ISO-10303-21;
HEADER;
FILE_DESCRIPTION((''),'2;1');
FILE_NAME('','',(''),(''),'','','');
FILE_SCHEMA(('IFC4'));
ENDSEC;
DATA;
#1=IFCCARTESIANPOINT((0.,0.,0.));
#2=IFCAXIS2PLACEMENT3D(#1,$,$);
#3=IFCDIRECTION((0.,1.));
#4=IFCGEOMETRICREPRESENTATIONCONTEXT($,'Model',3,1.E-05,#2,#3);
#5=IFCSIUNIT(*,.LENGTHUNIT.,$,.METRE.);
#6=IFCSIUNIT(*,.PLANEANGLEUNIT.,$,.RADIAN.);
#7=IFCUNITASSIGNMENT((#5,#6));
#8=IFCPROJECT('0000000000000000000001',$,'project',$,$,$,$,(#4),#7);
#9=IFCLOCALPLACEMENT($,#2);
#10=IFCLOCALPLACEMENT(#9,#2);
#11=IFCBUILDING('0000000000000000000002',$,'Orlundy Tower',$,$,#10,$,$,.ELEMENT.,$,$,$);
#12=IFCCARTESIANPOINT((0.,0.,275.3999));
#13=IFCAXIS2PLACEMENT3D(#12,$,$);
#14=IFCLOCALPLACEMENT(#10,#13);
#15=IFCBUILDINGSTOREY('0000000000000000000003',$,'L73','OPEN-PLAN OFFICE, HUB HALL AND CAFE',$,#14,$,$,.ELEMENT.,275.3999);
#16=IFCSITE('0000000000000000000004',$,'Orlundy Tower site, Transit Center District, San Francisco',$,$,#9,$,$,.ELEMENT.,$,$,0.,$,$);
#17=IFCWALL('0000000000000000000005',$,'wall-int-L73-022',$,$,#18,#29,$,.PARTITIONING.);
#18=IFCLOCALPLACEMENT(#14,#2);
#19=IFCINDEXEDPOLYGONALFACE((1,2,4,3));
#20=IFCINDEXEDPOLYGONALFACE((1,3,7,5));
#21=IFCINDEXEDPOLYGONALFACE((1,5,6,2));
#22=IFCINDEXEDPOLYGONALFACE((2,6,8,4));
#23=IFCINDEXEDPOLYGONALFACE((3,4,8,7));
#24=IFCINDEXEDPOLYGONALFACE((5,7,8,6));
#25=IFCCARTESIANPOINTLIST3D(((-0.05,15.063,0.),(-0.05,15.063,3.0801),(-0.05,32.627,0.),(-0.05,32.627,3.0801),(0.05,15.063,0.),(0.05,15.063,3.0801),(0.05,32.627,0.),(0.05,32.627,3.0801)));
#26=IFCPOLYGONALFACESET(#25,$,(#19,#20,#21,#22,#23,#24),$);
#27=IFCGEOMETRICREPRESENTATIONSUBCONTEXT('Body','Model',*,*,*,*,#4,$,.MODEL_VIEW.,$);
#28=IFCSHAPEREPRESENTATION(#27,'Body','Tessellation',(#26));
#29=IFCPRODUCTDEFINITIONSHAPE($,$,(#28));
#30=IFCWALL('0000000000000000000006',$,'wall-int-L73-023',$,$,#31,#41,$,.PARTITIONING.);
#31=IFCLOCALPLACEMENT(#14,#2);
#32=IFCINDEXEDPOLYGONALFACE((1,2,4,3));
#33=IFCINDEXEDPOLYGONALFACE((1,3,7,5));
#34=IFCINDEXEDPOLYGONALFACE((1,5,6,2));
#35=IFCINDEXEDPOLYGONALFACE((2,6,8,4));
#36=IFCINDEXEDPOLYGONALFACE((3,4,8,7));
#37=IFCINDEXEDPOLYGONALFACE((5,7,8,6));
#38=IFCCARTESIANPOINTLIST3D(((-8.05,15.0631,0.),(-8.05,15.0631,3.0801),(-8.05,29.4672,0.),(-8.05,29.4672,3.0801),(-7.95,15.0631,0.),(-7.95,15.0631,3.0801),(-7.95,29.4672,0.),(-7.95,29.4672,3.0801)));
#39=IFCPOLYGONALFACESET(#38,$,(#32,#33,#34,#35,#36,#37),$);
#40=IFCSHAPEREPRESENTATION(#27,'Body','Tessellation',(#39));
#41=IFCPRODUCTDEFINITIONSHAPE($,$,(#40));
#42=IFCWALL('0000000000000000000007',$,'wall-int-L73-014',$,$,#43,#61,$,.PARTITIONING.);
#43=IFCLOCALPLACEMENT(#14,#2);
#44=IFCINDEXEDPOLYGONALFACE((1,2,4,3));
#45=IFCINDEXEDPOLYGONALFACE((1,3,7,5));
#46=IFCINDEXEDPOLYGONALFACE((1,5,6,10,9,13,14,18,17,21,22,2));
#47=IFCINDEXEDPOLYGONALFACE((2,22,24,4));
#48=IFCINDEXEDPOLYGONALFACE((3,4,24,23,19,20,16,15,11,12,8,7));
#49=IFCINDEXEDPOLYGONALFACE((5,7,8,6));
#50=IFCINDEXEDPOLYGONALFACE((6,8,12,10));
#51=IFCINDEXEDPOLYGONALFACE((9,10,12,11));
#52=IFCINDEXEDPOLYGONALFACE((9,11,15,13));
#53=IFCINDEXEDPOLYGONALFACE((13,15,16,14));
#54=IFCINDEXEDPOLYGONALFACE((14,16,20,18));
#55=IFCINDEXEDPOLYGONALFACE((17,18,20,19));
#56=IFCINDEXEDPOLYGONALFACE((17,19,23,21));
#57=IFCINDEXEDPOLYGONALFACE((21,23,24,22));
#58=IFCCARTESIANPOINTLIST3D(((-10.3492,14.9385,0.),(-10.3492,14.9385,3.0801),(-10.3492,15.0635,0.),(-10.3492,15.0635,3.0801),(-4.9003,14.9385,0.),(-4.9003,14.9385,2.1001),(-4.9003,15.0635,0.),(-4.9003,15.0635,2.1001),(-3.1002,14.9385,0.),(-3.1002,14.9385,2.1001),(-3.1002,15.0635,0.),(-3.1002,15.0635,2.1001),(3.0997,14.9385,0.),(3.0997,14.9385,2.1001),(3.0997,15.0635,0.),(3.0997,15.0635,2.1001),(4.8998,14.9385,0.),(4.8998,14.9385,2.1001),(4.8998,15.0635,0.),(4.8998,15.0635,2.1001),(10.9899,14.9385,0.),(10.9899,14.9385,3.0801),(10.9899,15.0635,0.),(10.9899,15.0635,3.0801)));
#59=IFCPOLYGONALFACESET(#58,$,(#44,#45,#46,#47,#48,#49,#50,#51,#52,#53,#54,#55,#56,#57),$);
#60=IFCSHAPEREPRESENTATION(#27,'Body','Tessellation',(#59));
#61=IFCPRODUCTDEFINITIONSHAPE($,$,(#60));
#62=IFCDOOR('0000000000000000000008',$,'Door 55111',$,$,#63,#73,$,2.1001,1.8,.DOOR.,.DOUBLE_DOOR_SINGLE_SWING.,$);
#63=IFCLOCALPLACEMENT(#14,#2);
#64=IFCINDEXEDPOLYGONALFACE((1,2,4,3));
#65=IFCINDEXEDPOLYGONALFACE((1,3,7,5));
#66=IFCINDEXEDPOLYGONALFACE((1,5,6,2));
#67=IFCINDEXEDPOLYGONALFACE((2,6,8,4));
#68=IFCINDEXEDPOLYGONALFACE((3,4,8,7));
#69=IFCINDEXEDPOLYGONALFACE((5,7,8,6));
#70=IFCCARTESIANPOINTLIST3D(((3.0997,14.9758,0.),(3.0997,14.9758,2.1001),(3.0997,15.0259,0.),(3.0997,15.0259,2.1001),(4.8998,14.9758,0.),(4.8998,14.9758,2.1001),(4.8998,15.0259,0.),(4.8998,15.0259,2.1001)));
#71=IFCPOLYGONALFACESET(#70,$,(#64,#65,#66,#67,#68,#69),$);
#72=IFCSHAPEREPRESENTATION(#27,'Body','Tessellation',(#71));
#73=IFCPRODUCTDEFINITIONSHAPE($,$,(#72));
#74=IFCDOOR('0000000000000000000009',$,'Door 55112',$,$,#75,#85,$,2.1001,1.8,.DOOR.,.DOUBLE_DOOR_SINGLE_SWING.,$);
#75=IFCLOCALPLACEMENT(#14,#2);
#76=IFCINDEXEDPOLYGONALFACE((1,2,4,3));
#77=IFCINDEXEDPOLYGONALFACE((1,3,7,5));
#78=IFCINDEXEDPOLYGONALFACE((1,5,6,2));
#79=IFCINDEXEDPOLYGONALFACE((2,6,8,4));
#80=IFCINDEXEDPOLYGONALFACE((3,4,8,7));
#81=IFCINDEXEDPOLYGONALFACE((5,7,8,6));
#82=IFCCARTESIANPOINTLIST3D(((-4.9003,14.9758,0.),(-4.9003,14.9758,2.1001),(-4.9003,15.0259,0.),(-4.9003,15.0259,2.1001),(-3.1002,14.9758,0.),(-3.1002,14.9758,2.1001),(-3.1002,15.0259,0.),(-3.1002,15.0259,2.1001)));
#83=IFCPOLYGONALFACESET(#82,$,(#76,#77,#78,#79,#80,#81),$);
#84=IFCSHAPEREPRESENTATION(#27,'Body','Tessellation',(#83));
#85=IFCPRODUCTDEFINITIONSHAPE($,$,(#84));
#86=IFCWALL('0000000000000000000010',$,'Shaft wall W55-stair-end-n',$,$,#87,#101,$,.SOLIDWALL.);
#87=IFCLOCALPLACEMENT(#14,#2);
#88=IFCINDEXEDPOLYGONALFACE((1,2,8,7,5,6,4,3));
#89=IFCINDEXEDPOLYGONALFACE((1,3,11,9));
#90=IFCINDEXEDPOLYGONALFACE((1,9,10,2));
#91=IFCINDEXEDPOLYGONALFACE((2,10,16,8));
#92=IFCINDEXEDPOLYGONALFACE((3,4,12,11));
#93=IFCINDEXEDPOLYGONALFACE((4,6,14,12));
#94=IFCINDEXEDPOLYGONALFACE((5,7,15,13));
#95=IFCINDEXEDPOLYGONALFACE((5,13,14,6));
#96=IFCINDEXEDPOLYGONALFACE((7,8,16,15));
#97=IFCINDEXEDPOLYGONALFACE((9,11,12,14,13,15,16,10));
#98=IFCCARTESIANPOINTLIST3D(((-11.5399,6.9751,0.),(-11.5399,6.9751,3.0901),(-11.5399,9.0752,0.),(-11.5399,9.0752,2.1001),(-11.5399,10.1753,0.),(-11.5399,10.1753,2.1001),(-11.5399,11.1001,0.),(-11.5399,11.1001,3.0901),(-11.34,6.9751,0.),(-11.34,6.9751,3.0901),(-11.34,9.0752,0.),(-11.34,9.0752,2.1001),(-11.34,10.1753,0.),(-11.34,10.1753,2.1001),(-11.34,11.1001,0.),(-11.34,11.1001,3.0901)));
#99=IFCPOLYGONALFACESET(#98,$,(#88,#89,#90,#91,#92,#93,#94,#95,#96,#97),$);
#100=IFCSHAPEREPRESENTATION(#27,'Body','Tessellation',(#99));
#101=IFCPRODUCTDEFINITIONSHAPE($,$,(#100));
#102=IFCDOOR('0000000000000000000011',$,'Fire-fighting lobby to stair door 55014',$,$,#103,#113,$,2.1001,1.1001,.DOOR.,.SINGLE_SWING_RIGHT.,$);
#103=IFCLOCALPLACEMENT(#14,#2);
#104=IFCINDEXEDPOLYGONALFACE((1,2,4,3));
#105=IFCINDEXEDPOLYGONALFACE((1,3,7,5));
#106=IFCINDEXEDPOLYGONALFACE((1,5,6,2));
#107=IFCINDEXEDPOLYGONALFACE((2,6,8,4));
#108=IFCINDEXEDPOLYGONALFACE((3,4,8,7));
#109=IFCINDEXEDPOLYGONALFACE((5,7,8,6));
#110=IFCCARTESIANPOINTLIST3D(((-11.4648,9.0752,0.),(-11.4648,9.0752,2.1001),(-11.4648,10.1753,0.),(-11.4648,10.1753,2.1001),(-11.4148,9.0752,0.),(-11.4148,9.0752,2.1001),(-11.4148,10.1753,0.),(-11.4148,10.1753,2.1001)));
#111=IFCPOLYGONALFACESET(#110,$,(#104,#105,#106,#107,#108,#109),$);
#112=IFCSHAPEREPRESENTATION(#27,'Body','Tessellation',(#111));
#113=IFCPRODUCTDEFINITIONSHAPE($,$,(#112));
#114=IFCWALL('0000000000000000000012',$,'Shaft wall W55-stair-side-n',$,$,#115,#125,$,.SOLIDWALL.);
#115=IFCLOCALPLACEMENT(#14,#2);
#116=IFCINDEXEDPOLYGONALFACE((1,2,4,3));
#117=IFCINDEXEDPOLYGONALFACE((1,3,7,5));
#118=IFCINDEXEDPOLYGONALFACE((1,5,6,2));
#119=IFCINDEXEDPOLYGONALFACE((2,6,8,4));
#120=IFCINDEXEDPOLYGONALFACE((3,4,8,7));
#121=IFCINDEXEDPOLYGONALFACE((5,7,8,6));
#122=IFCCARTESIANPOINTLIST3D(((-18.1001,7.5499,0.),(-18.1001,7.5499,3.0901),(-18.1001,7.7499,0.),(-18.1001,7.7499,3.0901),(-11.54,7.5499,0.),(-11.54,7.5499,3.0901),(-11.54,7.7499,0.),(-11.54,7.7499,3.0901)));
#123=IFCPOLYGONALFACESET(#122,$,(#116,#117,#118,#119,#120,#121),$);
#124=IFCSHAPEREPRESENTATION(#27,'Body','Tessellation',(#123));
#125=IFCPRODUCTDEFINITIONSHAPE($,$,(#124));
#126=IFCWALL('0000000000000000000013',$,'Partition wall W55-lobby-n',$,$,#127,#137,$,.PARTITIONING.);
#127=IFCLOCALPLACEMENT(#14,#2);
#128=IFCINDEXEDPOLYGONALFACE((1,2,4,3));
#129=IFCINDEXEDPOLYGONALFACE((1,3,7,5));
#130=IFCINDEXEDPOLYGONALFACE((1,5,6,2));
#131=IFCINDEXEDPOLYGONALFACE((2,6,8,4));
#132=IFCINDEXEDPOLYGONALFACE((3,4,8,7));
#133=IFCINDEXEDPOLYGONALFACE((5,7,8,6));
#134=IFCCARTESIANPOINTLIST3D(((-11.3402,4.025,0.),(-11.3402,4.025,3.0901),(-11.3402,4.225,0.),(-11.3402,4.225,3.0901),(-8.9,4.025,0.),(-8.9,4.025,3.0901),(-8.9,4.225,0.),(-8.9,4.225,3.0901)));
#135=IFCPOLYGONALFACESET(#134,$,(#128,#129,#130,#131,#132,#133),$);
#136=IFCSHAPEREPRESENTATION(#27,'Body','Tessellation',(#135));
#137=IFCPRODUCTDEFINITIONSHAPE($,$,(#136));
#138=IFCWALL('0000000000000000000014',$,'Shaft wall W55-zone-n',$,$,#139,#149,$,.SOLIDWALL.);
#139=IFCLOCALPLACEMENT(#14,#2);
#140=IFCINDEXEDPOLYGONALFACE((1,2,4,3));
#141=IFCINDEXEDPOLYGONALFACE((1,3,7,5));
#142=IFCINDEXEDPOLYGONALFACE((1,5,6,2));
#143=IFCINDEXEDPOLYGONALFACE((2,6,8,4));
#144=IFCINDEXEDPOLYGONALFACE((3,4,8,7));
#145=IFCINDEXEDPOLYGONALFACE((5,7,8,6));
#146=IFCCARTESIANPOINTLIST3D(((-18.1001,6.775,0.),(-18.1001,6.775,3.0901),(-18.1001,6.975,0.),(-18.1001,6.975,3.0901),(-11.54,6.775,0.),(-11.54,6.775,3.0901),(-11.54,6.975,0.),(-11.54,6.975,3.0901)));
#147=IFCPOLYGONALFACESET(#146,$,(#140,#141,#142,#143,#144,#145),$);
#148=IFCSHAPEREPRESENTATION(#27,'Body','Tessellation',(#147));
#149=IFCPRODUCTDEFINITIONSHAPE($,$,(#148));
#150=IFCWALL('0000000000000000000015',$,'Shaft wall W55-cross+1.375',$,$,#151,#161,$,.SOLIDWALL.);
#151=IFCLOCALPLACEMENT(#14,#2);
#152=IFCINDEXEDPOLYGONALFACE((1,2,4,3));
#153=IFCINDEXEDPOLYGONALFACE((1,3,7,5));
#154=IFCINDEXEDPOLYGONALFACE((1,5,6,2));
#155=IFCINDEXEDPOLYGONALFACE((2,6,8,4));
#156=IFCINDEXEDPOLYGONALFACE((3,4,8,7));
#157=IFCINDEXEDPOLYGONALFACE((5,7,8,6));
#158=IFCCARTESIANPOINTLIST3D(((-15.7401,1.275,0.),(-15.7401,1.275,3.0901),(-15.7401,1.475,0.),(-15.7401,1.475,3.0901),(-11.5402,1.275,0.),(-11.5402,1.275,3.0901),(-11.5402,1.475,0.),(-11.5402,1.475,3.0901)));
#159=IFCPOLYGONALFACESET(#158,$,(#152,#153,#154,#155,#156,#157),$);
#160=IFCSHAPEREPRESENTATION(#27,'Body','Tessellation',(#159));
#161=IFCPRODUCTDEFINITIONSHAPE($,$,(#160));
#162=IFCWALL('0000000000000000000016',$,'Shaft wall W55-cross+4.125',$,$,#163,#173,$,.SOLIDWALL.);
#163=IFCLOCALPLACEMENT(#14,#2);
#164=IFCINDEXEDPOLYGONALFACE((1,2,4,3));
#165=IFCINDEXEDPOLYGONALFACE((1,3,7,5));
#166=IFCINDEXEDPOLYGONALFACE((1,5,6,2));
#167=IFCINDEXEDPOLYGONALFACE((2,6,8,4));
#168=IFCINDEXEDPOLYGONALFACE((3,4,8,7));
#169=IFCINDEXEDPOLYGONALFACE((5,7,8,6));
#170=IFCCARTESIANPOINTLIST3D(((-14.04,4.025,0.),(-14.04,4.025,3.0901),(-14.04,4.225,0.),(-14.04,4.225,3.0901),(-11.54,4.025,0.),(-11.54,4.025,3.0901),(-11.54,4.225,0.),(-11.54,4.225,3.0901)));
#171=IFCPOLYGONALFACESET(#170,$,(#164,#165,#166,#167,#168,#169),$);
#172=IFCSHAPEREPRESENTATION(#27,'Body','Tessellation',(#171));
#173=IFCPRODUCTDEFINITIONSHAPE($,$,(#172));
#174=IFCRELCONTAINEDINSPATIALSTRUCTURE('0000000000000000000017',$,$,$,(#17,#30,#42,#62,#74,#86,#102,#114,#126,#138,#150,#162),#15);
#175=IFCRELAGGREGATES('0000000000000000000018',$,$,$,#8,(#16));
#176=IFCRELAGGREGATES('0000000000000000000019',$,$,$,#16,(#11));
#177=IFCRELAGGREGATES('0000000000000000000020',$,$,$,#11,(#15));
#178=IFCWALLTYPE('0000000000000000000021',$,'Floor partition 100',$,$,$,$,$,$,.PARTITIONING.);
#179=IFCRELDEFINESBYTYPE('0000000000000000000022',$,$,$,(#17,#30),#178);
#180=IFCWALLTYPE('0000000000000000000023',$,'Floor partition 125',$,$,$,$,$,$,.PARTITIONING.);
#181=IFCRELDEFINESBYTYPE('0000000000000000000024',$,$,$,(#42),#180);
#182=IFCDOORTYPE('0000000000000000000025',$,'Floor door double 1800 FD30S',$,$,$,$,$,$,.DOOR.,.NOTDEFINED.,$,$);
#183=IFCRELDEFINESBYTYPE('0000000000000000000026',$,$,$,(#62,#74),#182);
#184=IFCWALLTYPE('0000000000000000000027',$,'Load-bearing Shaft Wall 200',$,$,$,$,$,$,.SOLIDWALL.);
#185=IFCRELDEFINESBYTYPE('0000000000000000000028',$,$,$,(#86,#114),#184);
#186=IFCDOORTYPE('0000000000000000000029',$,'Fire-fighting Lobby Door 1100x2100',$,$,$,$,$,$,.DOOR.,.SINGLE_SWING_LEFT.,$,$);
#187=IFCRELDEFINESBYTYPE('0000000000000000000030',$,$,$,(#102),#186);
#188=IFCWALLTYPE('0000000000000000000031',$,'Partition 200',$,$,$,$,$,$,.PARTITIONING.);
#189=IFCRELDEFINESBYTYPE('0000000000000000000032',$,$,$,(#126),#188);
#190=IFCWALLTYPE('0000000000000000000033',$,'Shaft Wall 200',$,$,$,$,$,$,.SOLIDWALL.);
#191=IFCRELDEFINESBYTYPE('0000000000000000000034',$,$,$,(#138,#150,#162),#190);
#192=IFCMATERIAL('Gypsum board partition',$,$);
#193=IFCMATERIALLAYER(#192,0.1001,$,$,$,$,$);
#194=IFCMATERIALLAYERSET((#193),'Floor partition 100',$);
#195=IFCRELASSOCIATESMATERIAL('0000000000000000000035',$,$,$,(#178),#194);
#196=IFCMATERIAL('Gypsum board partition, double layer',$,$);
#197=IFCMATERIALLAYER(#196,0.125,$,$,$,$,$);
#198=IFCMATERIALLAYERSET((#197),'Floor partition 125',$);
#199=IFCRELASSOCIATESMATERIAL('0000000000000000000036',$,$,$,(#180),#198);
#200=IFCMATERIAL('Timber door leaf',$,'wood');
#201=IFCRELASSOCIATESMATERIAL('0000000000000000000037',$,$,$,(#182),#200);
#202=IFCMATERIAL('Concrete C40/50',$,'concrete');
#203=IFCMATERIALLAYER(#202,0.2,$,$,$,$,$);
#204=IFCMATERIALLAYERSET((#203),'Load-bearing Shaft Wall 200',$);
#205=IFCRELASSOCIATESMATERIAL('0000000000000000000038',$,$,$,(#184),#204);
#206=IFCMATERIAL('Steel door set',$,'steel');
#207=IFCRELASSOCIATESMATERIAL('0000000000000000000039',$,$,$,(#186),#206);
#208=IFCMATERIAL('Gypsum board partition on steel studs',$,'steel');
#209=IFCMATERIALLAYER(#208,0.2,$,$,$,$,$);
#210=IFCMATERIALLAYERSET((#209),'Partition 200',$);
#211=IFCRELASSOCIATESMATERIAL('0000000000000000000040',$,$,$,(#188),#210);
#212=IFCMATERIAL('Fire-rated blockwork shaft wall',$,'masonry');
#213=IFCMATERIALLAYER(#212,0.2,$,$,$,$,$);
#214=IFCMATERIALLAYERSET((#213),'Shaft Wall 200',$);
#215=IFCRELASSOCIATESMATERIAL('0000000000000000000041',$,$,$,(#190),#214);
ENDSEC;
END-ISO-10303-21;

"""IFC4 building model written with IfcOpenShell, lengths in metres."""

from ifc_helpers import new_model, si_unit, direction, frame, frame_2d, origin, place, context, subcontext, project, spatial, rectangle, extrude, material, layer, layer_set, type_object, element, fill, save


model = new_model("IFC4")

# Units and contexts
model_context = context("Model", 3, precision=1e-05, world=origin(), true_north=direction((0.0, 1.0)))
body_context = subcontext(model_context, "Body", "Model", "MODEL_VIEW")
ifc_project = project(units=[si_unit("LENGTHUNIT", "METRE"), si_unit("PLANEANGLEUNIT", "RADIAN")], contexts=[model_context])

# Site, building, storey
site_placement = place(None, origin())
site = spatial("IfcSite", under=ifc_project, at=site_placement, Name="Orlundy Tower site, Transit Center District, San Francisco", CompositionType="ELEMENT", RefElevation=0.0)
building_placement = place(site_placement, origin())
building = spatial("IfcBuilding", under=site, at=building_placement, Name="Orlundy Tower", CompositionType="ELEMENT")
storey_placement = place(building_placement, frame((0.0, 0.0, 275.3999)))
storey = spatial("IfcBuildingStorey", under=building, at=storey_placement, Name="L73", Description="OPEN-PLAN OFFICE, HUB HALL AND CAFE", CompositionType="ELEMENT", Elevation=275.3999)

# Walls
ifc_material_1 = material(Name="Gypsum board partition")
ifc_layer_1 = layer(ifc_material_1, 0.1001)
ifc_layer_set_1 = layer_set([ifc_layer_1], Name="Floor partition 100")
wall_type_1 = type_object("IfcWallType", Name="Floor partition 100", PredefinedType="PARTITIONING", material=ifc_layer_set_1)
wall_1_placement = place(storey_placement, frame((0.0, 15.063, 0.0), z_axis=(0.0, 0.0, 1.0), x_axis=(0.0, 1.0, 0.0)))
element("IfcWall", 1, at=wall_1_placement, inside=storey, type_object=wall_type_1, Name="wall-int-L73-022", PredefinedType="PARTITIONING", context=body_context, shape_type="SweptSolid", body=[
    extrude(rectangle(XDim=17.564, YDim=0.1001, at=frame_2d((8.782, 0.0))), origin(), (0.0, 0.0, 1.0), 3.0801),
])
wall_2_placement = place(storey_placement, frame((-8.0, 15.063, 0.0), z_axis=(0.0, 0.0, 1.0), x_axis=(0.0, 1.0, 0.0)))
element("IfcWall", 2, at=wall_2_placement, inside=storey, type_object=wall_type_1, Name="wall-int-L73-023", PredefinedType="PARTITIONING", context=body_context, shape_type="SweptSolid", body=[
    extrude(rectangle(XDim=14.4041, YDim=0.1001, at=frame_2d((7.2021, 0.0))), origin(), (0.0, 0.0, 1.0), 3.0801),
])

# Wall, openings, doors
ifc_material_2 = material(Name="Gypsum board partition, double layer")
ifc_layer_2 = layer(ifc_material_2, 0.125)
ifc_layer_set_2 = layer_set([ifc_layer_2], Name="Floor partition 125")
wall_type_2 = type_object("IfcWallType", Name="Floor partition 125", PredefinedType="PARTITIONING", material=ifc_layer_set_2)
wall_3_placement = place(storey_placement, frame((-10.3491, 15.001, 0.0), z_axis=(0.0, 0.0, 1.0), x_axis=(1.0, 0.0, 0.0)))
wall_3 = element("IfcWall", 3, at=wall_3_placement, inside=storey, type_object=wall_type_2, Name="wall-int-L73-014", PredefinedType="PARTITIONING", context=body_context, shape_type="SweptSolid", body=[
    extrude(rectangle(XDim=21.3391, YDim=0.125, at=frame_2d((10.6694, 0.0))), origin(), (0.0, 0.0, 1.0), 3.0801),
])
opening_1_placement = place(wall_3_placement, frame((13.449, 0.0, 0.0)))
opening_1 = element("IfcOpeningElement", 4, at=opening_1_placement, cuts=wall_3, PredefinedType="OPENING", context=body_context, shape_type="SweptSolid", body=[
    extrude(rectangle(XDim=1.8, YDim=2.1001, at=frame_2d((0.8999, 1.05))), frame((0.0, 0.0725, 0.0), z_axis=(0.0, -1.0, 0.0), x_axis=(1.0, 0.0, 0.0)), (0.0, 0.0, 1.0), 0.145),
])
opening_2_placement = place(wall_3_placement, frame((5.449, 0.0, 0.0)))
opening_2 = element("IfcOpeningElement", 5, at=opening_2_placement, cuts=wall_3, PredefinedType="OPENING", context=body_context, shape_type="SweptSolid", body=[
    extrude(rectangle(XDim=1.8, YDim=2.1001, at=frame_2d((0.8999, 1.05))), frame((0.0, 0.0725, 0.0), z_axis=(0.0, -1.0, 0.0), x_axis=(1.0, 0.0, 0.0)), (0.0, 0.0, 1.0), 0.145),
])
ifc_material_3 = material(Name="Timber door leaf", Category="wood")
door_type_1 = type_object("IfcDoorType", Name="Floor door double 1800 FD30S", OperationType="NOTDEFINED", PredefinedType="DOOR", material=ifc_material_3)
door_1_placement = place(opening_1_placement, origin())
door_1 = element("IfcDoor", 6, at=door_1_placement, inside=storey, type_object=door_type_1, Name="Door 55111", OperationType="DOUBLE_DOOR_SINGLE_SWING", OverallHeight=2.1001, OverallWidth=1.8, PredefinedType="DOOR", context=body_context, shape_type="SweptSolid", body=[
    extrude(rectangle(XDim=1.8, YDim=2.1001, at=frame_2d((0.8999, 1.05))), frame((0.0, 0.0249, 0.0), z_axis=(0.0, -1.0, 0.0), x_axis=(1.0, 0.0, 0.0)), (0.0, 0.0, 1.0), 0.05),
])
fill(opening_1, door_1)
door_2_placement = place(opening_2_placement, origin())
door_2 = element("IfcDoor", 7, at=door_2_placement, inside=storey, type_object=door_type_1, Name="Door 55112", OperationType="DOUBLE_DOOR_SINGLE_SWING", OverallHeight=2.1001, OverallWidth=1.8, PredefinedType="DOOR", context=body_context, shape_type="SweptSolid", body=[
    extrude(rectangle(XDim=1.8, YDim=2.1001, at=frame_2d((0.8999, 1.05))), frame((0.0, 0.0249, 0.0), z_axis=(0.0, -1.0, 0.0), x_axis=(1.0, 0.0, 0.0)), (0.0, 0.0, 1.0), 0.05),
])
fill(opening_2, door_2)

# Wall, opening, door
ifc_material_4 = material(Name="Concrete C40/50", Category="concrete")
ifc_layer_3 = layer(ifc_material_4, 0.2)
ifc_layer_set_3 = layer_set([ifc_layer_3], Name="Load-bearing Shaft Wall 200")
wall_type_3 = type_object("IfcWallType", Name="Load-bearing Shaft Wall 200", PredefinedType="SOLIDWALL", material=ifc_layer_set_3)
wall_4_placement = place(storey_placement, frame((-11.4399, 6.9751, 0.0), z_axis=(0.0, 0.0, 1.0), x_axis=(0.0, 1.0, 0.0)))
wall_4 = element("IfcWall", 8, at=wall_4_placement, inside=storey, type_object=wall_type_3, Name="Shaft wall W55-stair-end-n", PredefinedType="SOLIDWALL", context=body_context, shape_type="SweptSolid", body=[
    extrude(rectangle(XDim=4.125, YDim=0.2, at=frame_2d((2.0625, 0.0))), origin(), (0.0, 0.0, 1.0), 3.0901),
])
opening_3_placement = place(wall_4_placement, frame((2.1001, 0.0, 0.0)))
opening_3 = element("IfcOpeningElement", 9, at=opening_3_placement, cuts=wall_4, PredefinedType="OPENING", context=body_context, shape_type="SweptSolid", body=[
    extrude(rectangle(XDim=1.1001, YDim=2.1001, at=frame_2d((0.55, 1.05))), frame((0.0, 0.1101, 0.0), z_axis=(0.0, -1.0, 0.0), x_axis=(1.0, 0.0, 0.0)), (0.0, 0.0, 1.0), 0.2202),
])
ifc_material_5 = material(Name="Steel door set", Category="steel")
door_type_2 = type_object("IfcDoorType", Name="Fire-fighting Lobby Door 1100x2100", OperationType="SINGLE_SWING_LEFT", PredefinedType="DOOR", material=ifc_material_5)
door_3_placement = place(opening_3_placement, origin())
door_3 = element("IfcDoor", 10, at=door_3_placement, inside=storey, type_object=door_type_2, Name="Fire-fighting lobby to stair door 55014", OperationType="SINGLE_SWING_RIGHT", OverallHeight=2.1001, OverallWidth=1.1001, PredefinedType="DOOR", context=body_context, shape_type="SweptSolid", body=[
    extrude(rectangle(XDim=1.1001, YDim=2.1001, at=frame_2d((0.55, 1.05))), frame((0.0, 0.0249, 0.0), z_axis=(0.0, -1.0, 0.0), x_axis=(1.0, 0.0, 0.0)), (0.0, 0.0, 1.0), 0.05),
])
fill(opening_3, door_3)

# Walls
wall_5_placement = place(storey_placement, frame((-11.54, 7.6499, 0.0), z_axis=(0.0, 0.0, 1.0), x_axis=(-1.0, 0.0, 0.0)))
element("IfcWall", 11, at=wall_5_placement, inside=storey, type_object=wall_type_3, Name="Shaft wall W55-stair-side-n", PredefinedType="SOLIDWALL", context=body_context, shape_type="SweptSolid", body=[
    extrude(rectangle(XDim=6.5601, YDim=0.2, at=frame_2d((3.28, 0.0))), origin(), (0.0, 0.0, 1.0), 3.0901),
])
ifc_material_6 = material(Name="Gypsum board partition on steel studs", Category="steel")
ifc_layer_4 = layer(ifc_material_6, 0.2)
ifc_layer_set_4 = layer_set([ifc_layer_4], Name="Partition 200")
wall_type_4 = type_object("IfcWallType", Name="Partition 200", PredefinedType="PARTITIONING", material=ifc_layer_set_4)
wall_6_placement = place(storey_placement, frame((-8.8999, 4.125, 0.0), z_axis=(0.0, 0.0, 1.0), x_axis=(-1.0, 0.0, 0.0)))
element("IfcWall", 12, at=wall_6_placement, inside=storey, type_object=wall_type_4, Name="Partition wall W55-lobby-n", PredefinedType="PARTITIONING", context=body_context, shape_type="SweptSolid", body=[
    extrude(rectangle(XDim=2.4402, YDim=0.2, at=frame_2d((1.2202, 0.0))), origin(), (0.0, 0.0, 1.0), 3.0901),
])
ifc_material_7 = material(Name="Fire-rated blockwork shaft wall", Category="masonry")
ifc_layer_5 = layer(ifc_material_7, 0.2)
ifc_layer_set_5 = layer_set([ifc_layer_5], Name="Shaft Wall 200")
wall_type_5 = type_object("IfcWallType", Name="Shaft Wall 200", PredefinedType="SOLIDWALL", material=ifc_layer_set_5)
wall_7_placement = place(storey_placement, frame((-11.54, 6.875, 0.0), z_axis=(0.0, 0.0, 1.0), x_axis=(-1.0, 0.0, 0.0)))
element("IfcWall", 13, at=wall_7_placement, inside=storey, type_object=wall_type_5, Name="Shaft wall W55-zone-n", PredefinedType="SOLIDWALL", context=body_context, shape_type="SweptSolid", body=[
    extrude(rectangle(XDim=6.5601, YDim=0.2, at=frame_2d((3.28, 0.0))), origin(), (0.0, 0.0, 1.0), 3.0901),
])
wall_8_placement = place(storey_placement, frame((-11.54, 1.375, 0.0), z_axis=(0.0, 0.0, 1.0), x_axis=(-1.0, 0.0, 0.0)))
element("IfcWall", 14, at=wall_8_placement, inside=storey, type_object=wall_type_5, Name="Shaft wall W55-cross+1.375", PredefinedType="SOLIDWALL", context=body_context, shape_type="SweptSolid", body=[
    extrude(rectangle(XDim=4.2, YDim=0.2, at=frame_2d((2.1001, 0.0))), origin(), (0.0, 0.0, 1.0), 3.0901),
])
wall_9_placement = place(storey_placement, frame((-11.54, 4.125, 0.0), z_axis=(0.0, 0.0, 1.0), x_axis=(-1.0, 0.0, 0.0)))
element("IfcWall", 15, at=wall_9_placement, inside=storey, type_object=wall_type_5, Name="Shaft wall W55-cross+4.125", PredefinedType="SOLIDWALL", context=body_context, shape_type="SweptSolid", body=[
    extrude(rectangle(XDim=2.5, YDim=0.2, at=frame_2d((1.25, 0.0))), origin(), (0.0, 0.0, 1.0), 3.0901),
])

save(model, "model.ifc")
